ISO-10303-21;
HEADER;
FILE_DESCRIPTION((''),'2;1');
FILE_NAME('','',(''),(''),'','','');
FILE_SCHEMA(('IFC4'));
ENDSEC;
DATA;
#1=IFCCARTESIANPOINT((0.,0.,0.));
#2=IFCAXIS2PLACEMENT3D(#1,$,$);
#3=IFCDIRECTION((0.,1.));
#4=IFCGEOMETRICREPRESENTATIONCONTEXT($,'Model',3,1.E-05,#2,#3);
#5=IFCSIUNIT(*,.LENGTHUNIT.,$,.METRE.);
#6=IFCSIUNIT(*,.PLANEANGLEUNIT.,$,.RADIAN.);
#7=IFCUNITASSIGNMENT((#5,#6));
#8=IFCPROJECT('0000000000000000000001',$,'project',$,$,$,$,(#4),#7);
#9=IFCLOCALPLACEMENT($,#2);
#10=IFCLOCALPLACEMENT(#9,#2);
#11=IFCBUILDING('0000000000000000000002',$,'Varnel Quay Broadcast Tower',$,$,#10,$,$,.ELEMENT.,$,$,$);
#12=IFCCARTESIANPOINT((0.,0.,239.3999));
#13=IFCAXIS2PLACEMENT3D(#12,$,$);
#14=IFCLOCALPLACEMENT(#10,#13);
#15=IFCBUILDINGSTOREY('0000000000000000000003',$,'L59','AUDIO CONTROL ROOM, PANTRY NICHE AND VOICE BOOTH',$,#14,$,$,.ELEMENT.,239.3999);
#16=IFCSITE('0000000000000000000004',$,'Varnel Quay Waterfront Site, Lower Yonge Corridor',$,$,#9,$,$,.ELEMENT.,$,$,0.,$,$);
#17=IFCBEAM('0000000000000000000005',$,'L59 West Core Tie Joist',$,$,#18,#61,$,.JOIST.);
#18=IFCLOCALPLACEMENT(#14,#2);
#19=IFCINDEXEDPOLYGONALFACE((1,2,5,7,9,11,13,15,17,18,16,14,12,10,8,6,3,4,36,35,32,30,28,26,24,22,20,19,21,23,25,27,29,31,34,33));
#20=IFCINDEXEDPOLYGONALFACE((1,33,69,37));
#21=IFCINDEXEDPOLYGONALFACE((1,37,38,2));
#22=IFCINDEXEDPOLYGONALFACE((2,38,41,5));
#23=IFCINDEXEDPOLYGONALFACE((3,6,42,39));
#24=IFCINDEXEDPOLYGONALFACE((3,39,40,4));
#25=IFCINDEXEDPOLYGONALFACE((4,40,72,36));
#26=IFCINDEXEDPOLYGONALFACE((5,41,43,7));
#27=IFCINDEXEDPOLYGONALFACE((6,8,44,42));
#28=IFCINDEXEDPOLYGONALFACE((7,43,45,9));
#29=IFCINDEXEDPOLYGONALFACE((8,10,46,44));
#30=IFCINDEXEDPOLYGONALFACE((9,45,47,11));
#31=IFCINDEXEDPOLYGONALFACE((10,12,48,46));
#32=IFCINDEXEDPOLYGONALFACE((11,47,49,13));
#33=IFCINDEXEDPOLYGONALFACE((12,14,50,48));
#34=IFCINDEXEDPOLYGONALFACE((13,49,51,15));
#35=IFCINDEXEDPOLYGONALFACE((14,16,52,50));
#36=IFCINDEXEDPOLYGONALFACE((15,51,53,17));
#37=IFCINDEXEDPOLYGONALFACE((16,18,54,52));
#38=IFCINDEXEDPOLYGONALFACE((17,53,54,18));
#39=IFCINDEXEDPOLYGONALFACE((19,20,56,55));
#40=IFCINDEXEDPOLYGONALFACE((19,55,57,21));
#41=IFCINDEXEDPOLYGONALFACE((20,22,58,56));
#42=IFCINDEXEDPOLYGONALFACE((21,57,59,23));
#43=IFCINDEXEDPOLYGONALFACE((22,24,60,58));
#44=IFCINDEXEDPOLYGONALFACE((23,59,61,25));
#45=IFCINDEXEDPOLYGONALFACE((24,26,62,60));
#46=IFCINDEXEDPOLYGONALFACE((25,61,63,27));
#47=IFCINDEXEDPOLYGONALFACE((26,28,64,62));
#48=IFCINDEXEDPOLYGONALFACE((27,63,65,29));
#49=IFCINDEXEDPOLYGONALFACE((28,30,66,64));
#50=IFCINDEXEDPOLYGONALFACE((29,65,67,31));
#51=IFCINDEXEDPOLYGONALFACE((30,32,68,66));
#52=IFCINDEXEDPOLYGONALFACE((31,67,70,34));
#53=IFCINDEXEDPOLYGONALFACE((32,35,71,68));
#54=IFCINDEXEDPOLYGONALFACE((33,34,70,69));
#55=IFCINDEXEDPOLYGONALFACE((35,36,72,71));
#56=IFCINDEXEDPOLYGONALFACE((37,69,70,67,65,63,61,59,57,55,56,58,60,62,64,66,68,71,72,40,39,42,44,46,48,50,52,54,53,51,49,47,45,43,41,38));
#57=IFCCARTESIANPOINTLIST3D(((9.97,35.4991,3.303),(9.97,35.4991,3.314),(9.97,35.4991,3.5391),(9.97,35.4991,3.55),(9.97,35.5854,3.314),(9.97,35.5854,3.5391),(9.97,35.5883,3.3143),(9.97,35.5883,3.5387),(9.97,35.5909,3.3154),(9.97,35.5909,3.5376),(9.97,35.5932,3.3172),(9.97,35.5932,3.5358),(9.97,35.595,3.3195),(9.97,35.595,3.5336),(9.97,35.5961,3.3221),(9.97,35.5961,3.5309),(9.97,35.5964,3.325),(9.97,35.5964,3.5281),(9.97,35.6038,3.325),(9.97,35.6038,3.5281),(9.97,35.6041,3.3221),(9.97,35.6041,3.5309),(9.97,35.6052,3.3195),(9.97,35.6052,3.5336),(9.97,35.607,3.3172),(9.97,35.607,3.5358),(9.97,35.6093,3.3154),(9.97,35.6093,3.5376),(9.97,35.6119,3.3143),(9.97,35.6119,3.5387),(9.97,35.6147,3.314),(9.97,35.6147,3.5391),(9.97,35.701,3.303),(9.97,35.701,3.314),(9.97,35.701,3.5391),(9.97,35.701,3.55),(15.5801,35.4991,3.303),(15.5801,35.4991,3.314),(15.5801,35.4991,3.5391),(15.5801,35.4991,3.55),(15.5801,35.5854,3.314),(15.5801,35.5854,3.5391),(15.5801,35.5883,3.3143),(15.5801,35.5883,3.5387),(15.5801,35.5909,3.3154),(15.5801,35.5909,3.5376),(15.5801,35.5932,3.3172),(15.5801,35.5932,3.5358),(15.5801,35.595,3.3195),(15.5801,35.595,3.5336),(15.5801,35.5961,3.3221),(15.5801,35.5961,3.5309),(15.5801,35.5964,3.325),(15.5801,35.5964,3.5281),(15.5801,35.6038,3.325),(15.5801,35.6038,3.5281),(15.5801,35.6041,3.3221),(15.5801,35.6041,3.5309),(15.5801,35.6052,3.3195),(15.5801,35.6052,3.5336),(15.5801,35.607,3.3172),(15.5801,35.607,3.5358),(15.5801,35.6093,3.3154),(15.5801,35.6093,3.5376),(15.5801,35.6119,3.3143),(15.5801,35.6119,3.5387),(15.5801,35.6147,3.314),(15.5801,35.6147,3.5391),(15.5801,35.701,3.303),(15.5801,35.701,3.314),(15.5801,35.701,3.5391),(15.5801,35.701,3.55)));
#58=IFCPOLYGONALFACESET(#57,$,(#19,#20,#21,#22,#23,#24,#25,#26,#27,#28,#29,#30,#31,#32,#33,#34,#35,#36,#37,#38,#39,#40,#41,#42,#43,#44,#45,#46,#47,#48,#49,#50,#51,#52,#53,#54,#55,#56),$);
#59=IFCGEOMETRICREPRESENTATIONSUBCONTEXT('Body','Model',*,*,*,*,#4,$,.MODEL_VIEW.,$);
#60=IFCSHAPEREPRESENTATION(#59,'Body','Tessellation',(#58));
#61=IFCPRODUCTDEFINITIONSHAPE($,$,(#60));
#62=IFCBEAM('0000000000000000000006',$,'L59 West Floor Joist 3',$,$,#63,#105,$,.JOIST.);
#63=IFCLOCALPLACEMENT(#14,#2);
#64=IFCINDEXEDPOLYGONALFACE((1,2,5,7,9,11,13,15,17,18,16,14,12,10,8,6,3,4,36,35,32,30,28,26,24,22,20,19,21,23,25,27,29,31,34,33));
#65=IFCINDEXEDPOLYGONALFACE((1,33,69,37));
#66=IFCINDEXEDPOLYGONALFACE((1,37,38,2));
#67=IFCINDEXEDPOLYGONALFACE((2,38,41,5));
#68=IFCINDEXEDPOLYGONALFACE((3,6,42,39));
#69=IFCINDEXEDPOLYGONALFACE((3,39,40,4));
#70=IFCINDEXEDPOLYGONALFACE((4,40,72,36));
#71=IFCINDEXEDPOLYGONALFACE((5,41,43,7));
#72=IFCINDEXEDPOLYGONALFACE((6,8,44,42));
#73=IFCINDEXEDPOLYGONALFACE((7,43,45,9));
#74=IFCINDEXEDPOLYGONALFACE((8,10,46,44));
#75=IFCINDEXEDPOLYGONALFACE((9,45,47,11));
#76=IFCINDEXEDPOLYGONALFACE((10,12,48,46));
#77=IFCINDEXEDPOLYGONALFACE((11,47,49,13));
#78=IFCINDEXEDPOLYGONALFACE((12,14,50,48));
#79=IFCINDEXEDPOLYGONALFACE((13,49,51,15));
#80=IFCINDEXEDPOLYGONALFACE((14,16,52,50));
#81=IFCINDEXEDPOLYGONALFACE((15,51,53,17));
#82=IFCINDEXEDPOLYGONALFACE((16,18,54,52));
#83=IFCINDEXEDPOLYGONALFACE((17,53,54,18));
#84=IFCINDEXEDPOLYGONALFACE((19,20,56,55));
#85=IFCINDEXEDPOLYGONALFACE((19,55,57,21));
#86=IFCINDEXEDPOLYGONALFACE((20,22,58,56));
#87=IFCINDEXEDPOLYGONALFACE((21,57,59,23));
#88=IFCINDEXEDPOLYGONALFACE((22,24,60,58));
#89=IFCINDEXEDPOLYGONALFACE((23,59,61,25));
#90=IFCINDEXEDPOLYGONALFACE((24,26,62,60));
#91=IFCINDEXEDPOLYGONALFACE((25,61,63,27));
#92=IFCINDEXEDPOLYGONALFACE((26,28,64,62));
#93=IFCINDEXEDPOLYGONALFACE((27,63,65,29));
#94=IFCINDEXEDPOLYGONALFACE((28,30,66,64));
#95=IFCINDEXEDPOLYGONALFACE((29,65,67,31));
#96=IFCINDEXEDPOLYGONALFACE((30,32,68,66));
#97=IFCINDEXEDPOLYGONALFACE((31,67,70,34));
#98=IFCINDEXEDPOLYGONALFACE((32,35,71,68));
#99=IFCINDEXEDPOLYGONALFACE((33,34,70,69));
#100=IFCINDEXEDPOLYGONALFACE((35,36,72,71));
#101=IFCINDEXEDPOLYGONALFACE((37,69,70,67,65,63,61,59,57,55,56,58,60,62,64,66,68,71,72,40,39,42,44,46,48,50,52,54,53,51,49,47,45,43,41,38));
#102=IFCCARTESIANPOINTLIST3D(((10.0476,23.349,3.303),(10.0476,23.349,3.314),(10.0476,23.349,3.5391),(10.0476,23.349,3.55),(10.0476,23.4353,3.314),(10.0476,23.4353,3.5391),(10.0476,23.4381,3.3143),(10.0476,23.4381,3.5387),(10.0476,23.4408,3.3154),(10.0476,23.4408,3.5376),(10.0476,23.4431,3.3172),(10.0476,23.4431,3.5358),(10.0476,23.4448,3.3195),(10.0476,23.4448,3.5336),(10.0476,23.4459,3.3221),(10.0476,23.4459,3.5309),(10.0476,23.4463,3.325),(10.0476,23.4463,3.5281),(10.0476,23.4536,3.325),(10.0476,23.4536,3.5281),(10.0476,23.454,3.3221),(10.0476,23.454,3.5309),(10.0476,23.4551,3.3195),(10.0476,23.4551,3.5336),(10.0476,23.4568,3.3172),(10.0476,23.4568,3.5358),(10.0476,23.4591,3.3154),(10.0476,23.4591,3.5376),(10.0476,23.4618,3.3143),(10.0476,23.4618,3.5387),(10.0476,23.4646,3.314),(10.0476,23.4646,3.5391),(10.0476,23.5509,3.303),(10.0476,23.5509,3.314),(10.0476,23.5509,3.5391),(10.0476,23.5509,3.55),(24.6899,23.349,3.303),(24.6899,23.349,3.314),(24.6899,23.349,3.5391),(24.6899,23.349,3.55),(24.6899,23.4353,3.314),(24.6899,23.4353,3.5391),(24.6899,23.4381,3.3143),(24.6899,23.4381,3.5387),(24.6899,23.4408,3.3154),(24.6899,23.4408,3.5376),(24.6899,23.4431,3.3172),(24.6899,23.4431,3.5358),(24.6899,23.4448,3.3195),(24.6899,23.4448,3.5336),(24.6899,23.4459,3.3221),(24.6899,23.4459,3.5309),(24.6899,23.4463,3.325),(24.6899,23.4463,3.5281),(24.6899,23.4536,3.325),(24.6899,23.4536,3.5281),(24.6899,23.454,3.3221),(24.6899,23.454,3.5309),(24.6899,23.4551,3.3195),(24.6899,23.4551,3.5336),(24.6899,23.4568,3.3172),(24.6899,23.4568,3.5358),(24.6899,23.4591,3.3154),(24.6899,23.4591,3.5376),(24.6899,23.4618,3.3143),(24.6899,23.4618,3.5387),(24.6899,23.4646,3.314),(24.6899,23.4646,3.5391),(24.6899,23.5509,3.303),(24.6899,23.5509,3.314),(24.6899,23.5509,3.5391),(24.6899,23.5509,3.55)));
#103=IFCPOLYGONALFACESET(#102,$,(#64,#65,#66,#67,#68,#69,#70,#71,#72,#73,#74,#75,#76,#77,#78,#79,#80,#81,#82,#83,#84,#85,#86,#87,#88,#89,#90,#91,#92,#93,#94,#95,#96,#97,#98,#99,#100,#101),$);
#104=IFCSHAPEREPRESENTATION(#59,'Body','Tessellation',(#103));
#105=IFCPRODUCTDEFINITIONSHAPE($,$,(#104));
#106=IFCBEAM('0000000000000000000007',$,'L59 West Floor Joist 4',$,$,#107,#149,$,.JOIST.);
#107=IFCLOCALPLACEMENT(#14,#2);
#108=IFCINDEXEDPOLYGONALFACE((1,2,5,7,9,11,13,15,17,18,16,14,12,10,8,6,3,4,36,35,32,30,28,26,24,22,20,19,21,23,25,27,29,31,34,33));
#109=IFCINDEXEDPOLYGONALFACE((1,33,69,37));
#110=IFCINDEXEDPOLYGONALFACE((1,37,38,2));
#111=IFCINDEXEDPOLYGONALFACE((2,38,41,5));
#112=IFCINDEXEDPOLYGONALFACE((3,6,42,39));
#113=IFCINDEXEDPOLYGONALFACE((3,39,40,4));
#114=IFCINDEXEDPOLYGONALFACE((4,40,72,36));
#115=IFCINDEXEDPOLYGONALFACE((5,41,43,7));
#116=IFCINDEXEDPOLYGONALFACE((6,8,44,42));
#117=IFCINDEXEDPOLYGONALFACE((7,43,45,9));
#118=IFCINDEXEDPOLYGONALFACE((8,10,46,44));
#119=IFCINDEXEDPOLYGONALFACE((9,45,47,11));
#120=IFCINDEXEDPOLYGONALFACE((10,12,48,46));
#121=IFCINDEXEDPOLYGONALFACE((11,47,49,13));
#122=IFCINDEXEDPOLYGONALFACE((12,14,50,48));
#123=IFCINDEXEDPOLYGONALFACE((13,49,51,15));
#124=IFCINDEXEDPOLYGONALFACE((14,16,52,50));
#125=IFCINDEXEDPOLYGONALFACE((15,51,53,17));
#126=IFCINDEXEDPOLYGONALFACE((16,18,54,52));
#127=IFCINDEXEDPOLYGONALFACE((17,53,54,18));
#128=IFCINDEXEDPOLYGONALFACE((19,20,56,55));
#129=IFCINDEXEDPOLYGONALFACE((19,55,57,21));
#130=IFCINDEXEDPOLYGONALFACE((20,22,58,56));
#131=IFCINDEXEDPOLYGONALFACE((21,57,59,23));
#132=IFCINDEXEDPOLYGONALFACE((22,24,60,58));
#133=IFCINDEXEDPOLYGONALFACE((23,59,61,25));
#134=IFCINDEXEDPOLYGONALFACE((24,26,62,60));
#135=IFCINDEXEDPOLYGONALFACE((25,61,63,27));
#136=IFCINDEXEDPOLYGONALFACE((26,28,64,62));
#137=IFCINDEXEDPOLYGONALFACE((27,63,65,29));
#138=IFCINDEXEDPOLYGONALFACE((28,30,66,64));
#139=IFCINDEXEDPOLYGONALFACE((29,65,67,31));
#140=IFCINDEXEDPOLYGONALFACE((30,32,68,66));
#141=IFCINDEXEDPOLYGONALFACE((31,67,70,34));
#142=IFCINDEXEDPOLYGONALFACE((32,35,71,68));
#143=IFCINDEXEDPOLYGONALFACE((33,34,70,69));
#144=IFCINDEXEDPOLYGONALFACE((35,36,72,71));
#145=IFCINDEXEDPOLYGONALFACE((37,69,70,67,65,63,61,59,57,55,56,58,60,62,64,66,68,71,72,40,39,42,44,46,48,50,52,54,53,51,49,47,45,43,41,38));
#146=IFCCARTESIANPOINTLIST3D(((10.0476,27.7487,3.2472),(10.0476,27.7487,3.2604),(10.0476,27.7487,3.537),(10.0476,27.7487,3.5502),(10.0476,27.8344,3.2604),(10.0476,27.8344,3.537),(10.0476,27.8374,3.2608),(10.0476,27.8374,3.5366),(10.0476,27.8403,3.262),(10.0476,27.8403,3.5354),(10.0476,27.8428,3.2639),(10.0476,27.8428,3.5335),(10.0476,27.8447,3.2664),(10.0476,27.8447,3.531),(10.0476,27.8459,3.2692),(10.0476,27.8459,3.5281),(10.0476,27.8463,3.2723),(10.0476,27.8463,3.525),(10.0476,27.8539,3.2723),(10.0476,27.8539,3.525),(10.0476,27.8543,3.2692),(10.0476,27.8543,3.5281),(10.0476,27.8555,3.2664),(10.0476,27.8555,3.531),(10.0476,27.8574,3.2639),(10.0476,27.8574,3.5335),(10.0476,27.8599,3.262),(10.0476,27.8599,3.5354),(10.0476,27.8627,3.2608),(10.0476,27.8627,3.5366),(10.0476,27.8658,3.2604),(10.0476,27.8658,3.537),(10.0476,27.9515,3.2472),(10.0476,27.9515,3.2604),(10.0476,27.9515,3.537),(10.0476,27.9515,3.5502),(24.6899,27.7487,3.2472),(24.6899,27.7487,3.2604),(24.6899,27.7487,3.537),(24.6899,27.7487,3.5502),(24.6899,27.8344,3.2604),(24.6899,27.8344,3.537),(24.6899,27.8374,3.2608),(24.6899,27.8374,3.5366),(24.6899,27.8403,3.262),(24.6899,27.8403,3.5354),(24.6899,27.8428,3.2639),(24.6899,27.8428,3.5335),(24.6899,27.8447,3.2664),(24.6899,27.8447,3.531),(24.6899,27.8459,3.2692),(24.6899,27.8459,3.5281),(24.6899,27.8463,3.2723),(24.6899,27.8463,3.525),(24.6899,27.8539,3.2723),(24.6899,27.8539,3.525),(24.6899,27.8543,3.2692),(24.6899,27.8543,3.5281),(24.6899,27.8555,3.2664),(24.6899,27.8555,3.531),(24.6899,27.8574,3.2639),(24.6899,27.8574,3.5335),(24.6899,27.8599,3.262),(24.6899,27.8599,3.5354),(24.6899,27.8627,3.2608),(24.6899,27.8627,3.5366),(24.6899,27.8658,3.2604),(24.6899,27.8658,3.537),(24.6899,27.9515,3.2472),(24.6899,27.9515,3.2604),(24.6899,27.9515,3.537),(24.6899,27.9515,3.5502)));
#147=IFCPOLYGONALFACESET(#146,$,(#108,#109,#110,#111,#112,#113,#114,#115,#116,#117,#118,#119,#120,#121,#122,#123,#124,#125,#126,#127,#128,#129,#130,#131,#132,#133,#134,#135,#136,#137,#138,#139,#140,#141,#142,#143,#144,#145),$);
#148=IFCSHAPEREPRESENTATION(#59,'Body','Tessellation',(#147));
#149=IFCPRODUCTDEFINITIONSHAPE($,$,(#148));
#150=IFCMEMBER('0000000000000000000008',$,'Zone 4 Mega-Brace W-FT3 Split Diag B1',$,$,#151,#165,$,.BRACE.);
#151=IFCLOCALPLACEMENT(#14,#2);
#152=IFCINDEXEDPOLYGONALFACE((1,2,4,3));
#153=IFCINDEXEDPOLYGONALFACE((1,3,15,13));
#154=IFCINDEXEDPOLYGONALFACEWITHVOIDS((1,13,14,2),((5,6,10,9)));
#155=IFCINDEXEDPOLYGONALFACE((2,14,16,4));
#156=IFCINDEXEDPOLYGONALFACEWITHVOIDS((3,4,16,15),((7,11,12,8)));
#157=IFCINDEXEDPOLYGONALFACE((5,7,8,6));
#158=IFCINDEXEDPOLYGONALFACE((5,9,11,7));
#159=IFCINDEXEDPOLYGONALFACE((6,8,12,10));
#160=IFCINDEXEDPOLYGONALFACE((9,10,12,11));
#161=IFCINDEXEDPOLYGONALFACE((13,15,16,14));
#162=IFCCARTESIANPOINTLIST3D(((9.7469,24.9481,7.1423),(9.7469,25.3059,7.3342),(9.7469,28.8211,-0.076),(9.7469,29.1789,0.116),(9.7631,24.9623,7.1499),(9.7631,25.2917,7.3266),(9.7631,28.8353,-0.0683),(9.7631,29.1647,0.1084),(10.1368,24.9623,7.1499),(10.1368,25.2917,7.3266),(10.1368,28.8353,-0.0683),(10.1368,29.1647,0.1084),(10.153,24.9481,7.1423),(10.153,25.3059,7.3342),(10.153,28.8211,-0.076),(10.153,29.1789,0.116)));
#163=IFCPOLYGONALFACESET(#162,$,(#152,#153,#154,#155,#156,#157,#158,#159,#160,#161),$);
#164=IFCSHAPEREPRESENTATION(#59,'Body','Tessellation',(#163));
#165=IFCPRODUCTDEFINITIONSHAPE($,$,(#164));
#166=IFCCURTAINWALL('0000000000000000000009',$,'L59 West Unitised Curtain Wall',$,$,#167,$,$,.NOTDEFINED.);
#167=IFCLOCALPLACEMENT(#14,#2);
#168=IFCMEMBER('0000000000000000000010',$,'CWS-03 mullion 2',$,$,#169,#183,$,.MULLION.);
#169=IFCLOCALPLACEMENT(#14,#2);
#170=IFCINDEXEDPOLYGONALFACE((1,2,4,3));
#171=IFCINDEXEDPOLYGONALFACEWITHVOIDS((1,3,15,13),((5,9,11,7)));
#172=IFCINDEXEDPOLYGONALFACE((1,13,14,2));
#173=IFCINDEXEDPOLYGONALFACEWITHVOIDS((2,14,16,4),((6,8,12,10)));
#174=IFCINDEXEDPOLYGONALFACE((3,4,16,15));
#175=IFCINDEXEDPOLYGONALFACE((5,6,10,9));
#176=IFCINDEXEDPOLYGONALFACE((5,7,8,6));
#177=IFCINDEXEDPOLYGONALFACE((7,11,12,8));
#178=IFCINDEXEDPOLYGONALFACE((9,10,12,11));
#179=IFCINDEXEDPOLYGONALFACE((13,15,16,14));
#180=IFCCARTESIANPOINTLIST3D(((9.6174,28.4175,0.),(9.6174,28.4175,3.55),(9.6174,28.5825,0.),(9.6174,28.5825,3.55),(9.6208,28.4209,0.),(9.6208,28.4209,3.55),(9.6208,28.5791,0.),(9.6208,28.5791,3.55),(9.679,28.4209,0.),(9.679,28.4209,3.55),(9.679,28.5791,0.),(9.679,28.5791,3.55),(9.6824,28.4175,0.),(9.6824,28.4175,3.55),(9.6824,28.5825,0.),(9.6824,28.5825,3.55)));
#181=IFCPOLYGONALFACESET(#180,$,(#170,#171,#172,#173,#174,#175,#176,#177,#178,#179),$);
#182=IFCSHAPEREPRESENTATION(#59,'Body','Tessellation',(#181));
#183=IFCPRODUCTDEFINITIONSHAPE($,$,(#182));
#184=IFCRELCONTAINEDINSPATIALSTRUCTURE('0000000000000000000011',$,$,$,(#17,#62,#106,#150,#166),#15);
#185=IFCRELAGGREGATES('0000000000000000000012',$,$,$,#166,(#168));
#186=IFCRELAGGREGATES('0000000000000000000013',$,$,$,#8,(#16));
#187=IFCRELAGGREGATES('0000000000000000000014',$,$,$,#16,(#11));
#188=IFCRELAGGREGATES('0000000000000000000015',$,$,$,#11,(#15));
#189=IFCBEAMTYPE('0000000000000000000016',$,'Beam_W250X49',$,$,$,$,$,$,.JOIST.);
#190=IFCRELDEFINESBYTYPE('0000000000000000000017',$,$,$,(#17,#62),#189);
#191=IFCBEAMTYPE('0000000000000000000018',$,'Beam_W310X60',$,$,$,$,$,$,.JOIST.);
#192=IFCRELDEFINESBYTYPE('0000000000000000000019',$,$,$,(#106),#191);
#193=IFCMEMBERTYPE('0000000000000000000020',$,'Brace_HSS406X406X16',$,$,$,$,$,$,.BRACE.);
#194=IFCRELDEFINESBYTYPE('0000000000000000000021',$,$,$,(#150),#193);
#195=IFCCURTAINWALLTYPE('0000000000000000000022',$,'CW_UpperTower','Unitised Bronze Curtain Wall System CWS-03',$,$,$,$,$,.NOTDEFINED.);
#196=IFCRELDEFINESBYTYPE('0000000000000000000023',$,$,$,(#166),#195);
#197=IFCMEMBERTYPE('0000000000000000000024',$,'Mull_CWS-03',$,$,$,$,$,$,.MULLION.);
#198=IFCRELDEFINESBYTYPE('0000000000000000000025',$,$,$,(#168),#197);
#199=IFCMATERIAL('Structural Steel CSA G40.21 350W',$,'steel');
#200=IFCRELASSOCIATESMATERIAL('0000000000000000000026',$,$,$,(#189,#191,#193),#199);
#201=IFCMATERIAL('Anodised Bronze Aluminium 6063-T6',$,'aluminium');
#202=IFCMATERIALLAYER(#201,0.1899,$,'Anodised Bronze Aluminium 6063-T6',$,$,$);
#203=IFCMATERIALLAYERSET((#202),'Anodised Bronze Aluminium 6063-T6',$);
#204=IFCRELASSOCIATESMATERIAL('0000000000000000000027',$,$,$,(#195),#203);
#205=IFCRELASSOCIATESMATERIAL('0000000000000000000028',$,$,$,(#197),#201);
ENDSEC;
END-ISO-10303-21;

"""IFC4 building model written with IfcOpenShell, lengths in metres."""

from ifc_helpers import new_model, si_unit, direction, frame, origin, origin_2d, place, context, subcontext, project, spatial, hollow_rectangle, i_section, extrude, source, transform, mapped, material, layer, layer_set, material_profile, profile_set, type_object, type_shapes, element, aggregate, save


model = new_model("IFC4")

# Units and contexts
model_context = context("Model", 3, precision=1e-05, world=origin(), true_north=direction((0.0, 1.0)))
body_context = subcontext(model_context, "Body", "Model", "MODEL_VIEW")
ifc_project = project(units=[si_unit("LENGTHUNIT", "METRE"), si_unit("PLANEANGLEUNIT", "RADIAN")], contexts=[model_context])

# Site, building, storey
site_placement = place(None, origin())
site = spatial("IfcSite", under=ifc_project, at=site_placement, Name="Varnel Quay Waterfront Site, Lower Yonge Corridor", CompositionType="ELEMENT", RefElevation=0.0)
building_placement = place(site_placement, origin())
building = spatial("IfcBuilding", under=site, at=building_placement, Name="Varnel Quay Broadcast Tower", CompositionType="ELEMENT")
storey_placement = place(building_placement, frame((0.0, 0.0, 239.3999)))
storey = spatial("IfcBuildingStorey", under=building, at=storey_placement, Name="L59", Description="AUDIO CONTROL ROOM, PANTRY NICHE AND VOICE BOOTH", CompositionType="ELEMENT", Elevation=239.3999)

# Shared definitions
ifc_material_1 = material(Name="Structural Steel CSA G40.21 350W", Category="steel")

# Beams
ifc_material_profile_1 = material_profile(ifc_material_1, i_section(OverallWidth=0.2019, OverallDepth=0.2471, WebThickness=0.0073, FlangeThickness=0.011, FilletRadius=0.011, at=origin_2d()), Name="W250X49")
ifc_profile_set_1 = profile_set([ifc_material_profile_1], Name="Structural Steel CSA G40.21 350W")
beam_type_1 = type_object("IfcBeamType", Name="Beam_W250X49", PredefinedType="JOIST", material=ifc_profile_set_1)
shared_shape_1 = source(origin(), body_context, "Body", "SweptSolid", [
    extrude(i_section(OverallWidth=0.2019, OverallDepth=0.2471, WebThickness=0.0073, FlangeThickness=0.011, FilletRadius=0.011, at=origin_2d()), origin(), (0.0, 0.0, 1.0), 5.6101),
])
beam_1_placement = place(storey_placement, frame((9.97, 35.6001, 3.4265), z_axis=(1.0, 0.0, 0.0), x_axis=(0.0, 1.0, 0.0)))
element("IfcBeam", 1, at=beam_1_placement, inside=storey, type_object=beam_type_1, Name="L59 West Core Tie Joist", PredefinedType="JOIST", context=body_context, shape_type="MappedRepresentation", body=[
    mapped(shared_shape_1, transform((0.0, 0.0, 0.0), x_axis=(1.0, 0.0, 0.0), y_axis=(0.0, 1.0, 0.0), z_axis=(0.0, 0.0, 1.0), scale=1.0)),
])
shared_shape_2 = source(origin(), body_context, "Body", "SweptSolid", [
    extrude(i_section(OverallWidth=0.2019, OverallDepth=0.2471, WebThickness=0.0073, FlangeThickness=0.011, FilletRadius=0.011, at=origin_2d()), origin(), (0.0, 0.0, 1.0), 14.6423),
])
type_shapes(beam_type_1, [shared_shape_1, shared_shape_2])
beam_2_placement = place(storey_placement, frame((10.0476, 23.45, 3.4265), z_axis=(1.0, 0.0, 0.0), x_axis=(0.0, 1.0, 0.0)))
element("IfcBeam", 2, at=beam_2_placement, inside=storey, type_object=beam_type_1, Name="L59 West Floor Joist 3", PredefinedType="JOIST", context=body_context, shape_type="MappedRepresentation", body=[
    mapped(shared_shape_2, transform((0.0, 0.0, 0.0), x_axis=(1.0, 0.0, 0.0), y_axis=(0.0, 1.0, 0.0), z_axis=(0.0, 0.0, 1.0), scale=1.0)),
])
ifc_material_profile_2 = material_profile(ifc_material_1, i_section(OverallWidth=0.2029, OverallDepth=0.303, WebThickness=0.0076, FlangeThickness=0.0132, FilletRadius=0.012, at=origin_2d()), Name="W310X60")
ifc_profile_set_2 = profile_set([ifc_material_profile_2], Name="Structural Steel CSA G40.21 350W")
beam_type_2 = type_object("IfcBeamType", Name="Beam_W310X60", PredefinedType="JOIST", material=ifc_profile_set_2)
shared_shape_3 = source(origin(), body_context, "Body", "SweptSolid", [
    extrude(i_section(OverallWidth=0.2029, OverallDepth=0.303, WebThickness=0.0076, FlangeThickness=0.0132, FilletRadius=0.012, at=origin_2d()), origin(), (0.0, 0.0, 1.0), 14.6423),
])
type_shapes(beam_type_2, [shared_shape_3])
beam_3_placement = place(storey_placement, frame((10.0476, 27.8501, 3.3987), z_axis=(1.0, 0.0, 0.0), x_axis=(0.0, 1.0, 0.0)))
element("IfcBeam", 3, at=beam_3_placement, inside=storey, type_object=beam_type_2, Name="L59 West Floor Joist 4", PredefinedType="JOIST", context=body_context, shape_type="MappedRepresentation", body=[
    mapped(shared_shape_3, transform((0.0, 0.0, 0.0), x_axis=(1.0, 0.0, 0.0), y_axis=(0.0, 1.0, 0.0), z_axis=(0.0, 0.0, 1.0), scale=1.0)),
])

# Member
ifc_material_profile_3 = material_profile(ifc_material_1, hollow_rectangle(XDim=0.406, YDim=0.406, WallThickness=0.0161, at=origin_2d()), Name="HSS406X406X16")
ifc_profile_set_3 = profile_set([ifc_material_profile_3], Name="Structural Steel CSA G40.21 350W")
member_type_1 = type_object("IfcMemberType", Name="Brace_HSS406X406X16", PredefinedType="BRACE", material=ifc_profile_set_3)
shared_shape_4 = source(origin(), body_context, "Body", "SweptSolid", [
    extrude(hollow_rectangle(XDim=0.406, YDim=0.406, WallThickness=0.0161, at=origin_2d()), origin(), (0.0, 0.0, 1.0), 8.1917),
])
type_shapes(member_type_1, [shared_shape_4])
member_1_placement = place(storey_placement, frame((9.95, 29.0, 0.02), z_axis=(0.0, -0.472802, 0.881169), x_axis=(1.0, 0.0, 0.0)))
element("IfcMember", 4, at=member_1_placement, inside=storey, type_object=member_type_1, Name="Zone 4 Mega-Brace W-FT3 Split Diag B1", PredefinedType="BRACE", context=body_context, shape_type="MappedRepresentation", body=[
    mapped(shared_shape_4, transform((0.0, 0.0, 0.0), x_axis=(1.0, 0.0, 0.0), y_axis=(0.0, 1.0, 0.0), z_axis=(0.0, 0.0, 1.0), scale=1.0)),
])

# Curtain wall, member
ifc_material_2 = material(Name="Anodised Bronze Aluminium 6063-T6", Category="aluminium")
ifc_layer_1 = layer(ifc_material_2, 0.1899, Name="Anodised Bronze Aluminium 6063-T6")
ifc_layer_set_1 = layer_set([ifc_layer_1], Name="Anodised Bronze Aluminium 6063-T6")
curtain_wall_type = type_object("IfcCurtainWallType", Name="CW_UpperTower", Description="Unitised Bronze Curtain Wall System CWS-03", PredefinedType="NOTDEFINED", material=ifc_layer_set_1)
curtain_wall_placement = place(storey_placement, origin())
curtain_wall = element("IfcCurtainWall", 5, at=curtain_wall_placement, inside=storey, type_object=curtain_wall_type, Name="L59 West Unitised Curtain Wall", PredefinedType="NOTDEFINED")
ifc_material_profile_4 = material_profile(ifc_material_2, hollow_rectangle(XDim=0.0649, YDim=0.165, WallThickness=0.0034, at=origin_2d()), Name="ALU65X165X3.5")
ifc_profile_set_4 = profile_set([ifc_material_profile_4], Name="Anodised Bronze Aluminium 6063-T6")
member_type_2 = type_object("IfcMemberType", Name="Mull_CWS-03", PredefinedType="MULLION", material=ifc_profile_set_4)
shared_shape_5 = source(origin(), body_context, "Body", "SweptSolid", [
    extrude(hollow_rectangle(XDim=0.0649, YDim=0.165, WallThickness=0.0034, at=origin_2d()), origin(), (0.0, 0.0, 1.0), 3.55),
])
type_shapes(member_type_2, [shared_shape_5])
member_2_placement = place(storey_placement, frame((9.6499, 28.5, 0.0), z_axis=(0.0, 0.0, 1.0), x_axis=(-1.0, 0.0, 0.0)))
member_2 = element("IfcMember", 6, at=member_2_placement, type_object=member_type_2, Name="CWS-03 mullion 2", PredefinedType="MULLION", context=body_context, shape_type="MappedRepresentation", body=[
    mapped(shared_shape_5, transform((0.0, 0.0, 0.0), x_axis=(1.0, 0.0, 0.0), y_axis=(0.0, 1.0, 0.0), z_axis=(0.0, 0.0, 1.0), scale=1.0)),
])

aggregate(curtain_wall, [member_2])

save(model, "model.ifc")
